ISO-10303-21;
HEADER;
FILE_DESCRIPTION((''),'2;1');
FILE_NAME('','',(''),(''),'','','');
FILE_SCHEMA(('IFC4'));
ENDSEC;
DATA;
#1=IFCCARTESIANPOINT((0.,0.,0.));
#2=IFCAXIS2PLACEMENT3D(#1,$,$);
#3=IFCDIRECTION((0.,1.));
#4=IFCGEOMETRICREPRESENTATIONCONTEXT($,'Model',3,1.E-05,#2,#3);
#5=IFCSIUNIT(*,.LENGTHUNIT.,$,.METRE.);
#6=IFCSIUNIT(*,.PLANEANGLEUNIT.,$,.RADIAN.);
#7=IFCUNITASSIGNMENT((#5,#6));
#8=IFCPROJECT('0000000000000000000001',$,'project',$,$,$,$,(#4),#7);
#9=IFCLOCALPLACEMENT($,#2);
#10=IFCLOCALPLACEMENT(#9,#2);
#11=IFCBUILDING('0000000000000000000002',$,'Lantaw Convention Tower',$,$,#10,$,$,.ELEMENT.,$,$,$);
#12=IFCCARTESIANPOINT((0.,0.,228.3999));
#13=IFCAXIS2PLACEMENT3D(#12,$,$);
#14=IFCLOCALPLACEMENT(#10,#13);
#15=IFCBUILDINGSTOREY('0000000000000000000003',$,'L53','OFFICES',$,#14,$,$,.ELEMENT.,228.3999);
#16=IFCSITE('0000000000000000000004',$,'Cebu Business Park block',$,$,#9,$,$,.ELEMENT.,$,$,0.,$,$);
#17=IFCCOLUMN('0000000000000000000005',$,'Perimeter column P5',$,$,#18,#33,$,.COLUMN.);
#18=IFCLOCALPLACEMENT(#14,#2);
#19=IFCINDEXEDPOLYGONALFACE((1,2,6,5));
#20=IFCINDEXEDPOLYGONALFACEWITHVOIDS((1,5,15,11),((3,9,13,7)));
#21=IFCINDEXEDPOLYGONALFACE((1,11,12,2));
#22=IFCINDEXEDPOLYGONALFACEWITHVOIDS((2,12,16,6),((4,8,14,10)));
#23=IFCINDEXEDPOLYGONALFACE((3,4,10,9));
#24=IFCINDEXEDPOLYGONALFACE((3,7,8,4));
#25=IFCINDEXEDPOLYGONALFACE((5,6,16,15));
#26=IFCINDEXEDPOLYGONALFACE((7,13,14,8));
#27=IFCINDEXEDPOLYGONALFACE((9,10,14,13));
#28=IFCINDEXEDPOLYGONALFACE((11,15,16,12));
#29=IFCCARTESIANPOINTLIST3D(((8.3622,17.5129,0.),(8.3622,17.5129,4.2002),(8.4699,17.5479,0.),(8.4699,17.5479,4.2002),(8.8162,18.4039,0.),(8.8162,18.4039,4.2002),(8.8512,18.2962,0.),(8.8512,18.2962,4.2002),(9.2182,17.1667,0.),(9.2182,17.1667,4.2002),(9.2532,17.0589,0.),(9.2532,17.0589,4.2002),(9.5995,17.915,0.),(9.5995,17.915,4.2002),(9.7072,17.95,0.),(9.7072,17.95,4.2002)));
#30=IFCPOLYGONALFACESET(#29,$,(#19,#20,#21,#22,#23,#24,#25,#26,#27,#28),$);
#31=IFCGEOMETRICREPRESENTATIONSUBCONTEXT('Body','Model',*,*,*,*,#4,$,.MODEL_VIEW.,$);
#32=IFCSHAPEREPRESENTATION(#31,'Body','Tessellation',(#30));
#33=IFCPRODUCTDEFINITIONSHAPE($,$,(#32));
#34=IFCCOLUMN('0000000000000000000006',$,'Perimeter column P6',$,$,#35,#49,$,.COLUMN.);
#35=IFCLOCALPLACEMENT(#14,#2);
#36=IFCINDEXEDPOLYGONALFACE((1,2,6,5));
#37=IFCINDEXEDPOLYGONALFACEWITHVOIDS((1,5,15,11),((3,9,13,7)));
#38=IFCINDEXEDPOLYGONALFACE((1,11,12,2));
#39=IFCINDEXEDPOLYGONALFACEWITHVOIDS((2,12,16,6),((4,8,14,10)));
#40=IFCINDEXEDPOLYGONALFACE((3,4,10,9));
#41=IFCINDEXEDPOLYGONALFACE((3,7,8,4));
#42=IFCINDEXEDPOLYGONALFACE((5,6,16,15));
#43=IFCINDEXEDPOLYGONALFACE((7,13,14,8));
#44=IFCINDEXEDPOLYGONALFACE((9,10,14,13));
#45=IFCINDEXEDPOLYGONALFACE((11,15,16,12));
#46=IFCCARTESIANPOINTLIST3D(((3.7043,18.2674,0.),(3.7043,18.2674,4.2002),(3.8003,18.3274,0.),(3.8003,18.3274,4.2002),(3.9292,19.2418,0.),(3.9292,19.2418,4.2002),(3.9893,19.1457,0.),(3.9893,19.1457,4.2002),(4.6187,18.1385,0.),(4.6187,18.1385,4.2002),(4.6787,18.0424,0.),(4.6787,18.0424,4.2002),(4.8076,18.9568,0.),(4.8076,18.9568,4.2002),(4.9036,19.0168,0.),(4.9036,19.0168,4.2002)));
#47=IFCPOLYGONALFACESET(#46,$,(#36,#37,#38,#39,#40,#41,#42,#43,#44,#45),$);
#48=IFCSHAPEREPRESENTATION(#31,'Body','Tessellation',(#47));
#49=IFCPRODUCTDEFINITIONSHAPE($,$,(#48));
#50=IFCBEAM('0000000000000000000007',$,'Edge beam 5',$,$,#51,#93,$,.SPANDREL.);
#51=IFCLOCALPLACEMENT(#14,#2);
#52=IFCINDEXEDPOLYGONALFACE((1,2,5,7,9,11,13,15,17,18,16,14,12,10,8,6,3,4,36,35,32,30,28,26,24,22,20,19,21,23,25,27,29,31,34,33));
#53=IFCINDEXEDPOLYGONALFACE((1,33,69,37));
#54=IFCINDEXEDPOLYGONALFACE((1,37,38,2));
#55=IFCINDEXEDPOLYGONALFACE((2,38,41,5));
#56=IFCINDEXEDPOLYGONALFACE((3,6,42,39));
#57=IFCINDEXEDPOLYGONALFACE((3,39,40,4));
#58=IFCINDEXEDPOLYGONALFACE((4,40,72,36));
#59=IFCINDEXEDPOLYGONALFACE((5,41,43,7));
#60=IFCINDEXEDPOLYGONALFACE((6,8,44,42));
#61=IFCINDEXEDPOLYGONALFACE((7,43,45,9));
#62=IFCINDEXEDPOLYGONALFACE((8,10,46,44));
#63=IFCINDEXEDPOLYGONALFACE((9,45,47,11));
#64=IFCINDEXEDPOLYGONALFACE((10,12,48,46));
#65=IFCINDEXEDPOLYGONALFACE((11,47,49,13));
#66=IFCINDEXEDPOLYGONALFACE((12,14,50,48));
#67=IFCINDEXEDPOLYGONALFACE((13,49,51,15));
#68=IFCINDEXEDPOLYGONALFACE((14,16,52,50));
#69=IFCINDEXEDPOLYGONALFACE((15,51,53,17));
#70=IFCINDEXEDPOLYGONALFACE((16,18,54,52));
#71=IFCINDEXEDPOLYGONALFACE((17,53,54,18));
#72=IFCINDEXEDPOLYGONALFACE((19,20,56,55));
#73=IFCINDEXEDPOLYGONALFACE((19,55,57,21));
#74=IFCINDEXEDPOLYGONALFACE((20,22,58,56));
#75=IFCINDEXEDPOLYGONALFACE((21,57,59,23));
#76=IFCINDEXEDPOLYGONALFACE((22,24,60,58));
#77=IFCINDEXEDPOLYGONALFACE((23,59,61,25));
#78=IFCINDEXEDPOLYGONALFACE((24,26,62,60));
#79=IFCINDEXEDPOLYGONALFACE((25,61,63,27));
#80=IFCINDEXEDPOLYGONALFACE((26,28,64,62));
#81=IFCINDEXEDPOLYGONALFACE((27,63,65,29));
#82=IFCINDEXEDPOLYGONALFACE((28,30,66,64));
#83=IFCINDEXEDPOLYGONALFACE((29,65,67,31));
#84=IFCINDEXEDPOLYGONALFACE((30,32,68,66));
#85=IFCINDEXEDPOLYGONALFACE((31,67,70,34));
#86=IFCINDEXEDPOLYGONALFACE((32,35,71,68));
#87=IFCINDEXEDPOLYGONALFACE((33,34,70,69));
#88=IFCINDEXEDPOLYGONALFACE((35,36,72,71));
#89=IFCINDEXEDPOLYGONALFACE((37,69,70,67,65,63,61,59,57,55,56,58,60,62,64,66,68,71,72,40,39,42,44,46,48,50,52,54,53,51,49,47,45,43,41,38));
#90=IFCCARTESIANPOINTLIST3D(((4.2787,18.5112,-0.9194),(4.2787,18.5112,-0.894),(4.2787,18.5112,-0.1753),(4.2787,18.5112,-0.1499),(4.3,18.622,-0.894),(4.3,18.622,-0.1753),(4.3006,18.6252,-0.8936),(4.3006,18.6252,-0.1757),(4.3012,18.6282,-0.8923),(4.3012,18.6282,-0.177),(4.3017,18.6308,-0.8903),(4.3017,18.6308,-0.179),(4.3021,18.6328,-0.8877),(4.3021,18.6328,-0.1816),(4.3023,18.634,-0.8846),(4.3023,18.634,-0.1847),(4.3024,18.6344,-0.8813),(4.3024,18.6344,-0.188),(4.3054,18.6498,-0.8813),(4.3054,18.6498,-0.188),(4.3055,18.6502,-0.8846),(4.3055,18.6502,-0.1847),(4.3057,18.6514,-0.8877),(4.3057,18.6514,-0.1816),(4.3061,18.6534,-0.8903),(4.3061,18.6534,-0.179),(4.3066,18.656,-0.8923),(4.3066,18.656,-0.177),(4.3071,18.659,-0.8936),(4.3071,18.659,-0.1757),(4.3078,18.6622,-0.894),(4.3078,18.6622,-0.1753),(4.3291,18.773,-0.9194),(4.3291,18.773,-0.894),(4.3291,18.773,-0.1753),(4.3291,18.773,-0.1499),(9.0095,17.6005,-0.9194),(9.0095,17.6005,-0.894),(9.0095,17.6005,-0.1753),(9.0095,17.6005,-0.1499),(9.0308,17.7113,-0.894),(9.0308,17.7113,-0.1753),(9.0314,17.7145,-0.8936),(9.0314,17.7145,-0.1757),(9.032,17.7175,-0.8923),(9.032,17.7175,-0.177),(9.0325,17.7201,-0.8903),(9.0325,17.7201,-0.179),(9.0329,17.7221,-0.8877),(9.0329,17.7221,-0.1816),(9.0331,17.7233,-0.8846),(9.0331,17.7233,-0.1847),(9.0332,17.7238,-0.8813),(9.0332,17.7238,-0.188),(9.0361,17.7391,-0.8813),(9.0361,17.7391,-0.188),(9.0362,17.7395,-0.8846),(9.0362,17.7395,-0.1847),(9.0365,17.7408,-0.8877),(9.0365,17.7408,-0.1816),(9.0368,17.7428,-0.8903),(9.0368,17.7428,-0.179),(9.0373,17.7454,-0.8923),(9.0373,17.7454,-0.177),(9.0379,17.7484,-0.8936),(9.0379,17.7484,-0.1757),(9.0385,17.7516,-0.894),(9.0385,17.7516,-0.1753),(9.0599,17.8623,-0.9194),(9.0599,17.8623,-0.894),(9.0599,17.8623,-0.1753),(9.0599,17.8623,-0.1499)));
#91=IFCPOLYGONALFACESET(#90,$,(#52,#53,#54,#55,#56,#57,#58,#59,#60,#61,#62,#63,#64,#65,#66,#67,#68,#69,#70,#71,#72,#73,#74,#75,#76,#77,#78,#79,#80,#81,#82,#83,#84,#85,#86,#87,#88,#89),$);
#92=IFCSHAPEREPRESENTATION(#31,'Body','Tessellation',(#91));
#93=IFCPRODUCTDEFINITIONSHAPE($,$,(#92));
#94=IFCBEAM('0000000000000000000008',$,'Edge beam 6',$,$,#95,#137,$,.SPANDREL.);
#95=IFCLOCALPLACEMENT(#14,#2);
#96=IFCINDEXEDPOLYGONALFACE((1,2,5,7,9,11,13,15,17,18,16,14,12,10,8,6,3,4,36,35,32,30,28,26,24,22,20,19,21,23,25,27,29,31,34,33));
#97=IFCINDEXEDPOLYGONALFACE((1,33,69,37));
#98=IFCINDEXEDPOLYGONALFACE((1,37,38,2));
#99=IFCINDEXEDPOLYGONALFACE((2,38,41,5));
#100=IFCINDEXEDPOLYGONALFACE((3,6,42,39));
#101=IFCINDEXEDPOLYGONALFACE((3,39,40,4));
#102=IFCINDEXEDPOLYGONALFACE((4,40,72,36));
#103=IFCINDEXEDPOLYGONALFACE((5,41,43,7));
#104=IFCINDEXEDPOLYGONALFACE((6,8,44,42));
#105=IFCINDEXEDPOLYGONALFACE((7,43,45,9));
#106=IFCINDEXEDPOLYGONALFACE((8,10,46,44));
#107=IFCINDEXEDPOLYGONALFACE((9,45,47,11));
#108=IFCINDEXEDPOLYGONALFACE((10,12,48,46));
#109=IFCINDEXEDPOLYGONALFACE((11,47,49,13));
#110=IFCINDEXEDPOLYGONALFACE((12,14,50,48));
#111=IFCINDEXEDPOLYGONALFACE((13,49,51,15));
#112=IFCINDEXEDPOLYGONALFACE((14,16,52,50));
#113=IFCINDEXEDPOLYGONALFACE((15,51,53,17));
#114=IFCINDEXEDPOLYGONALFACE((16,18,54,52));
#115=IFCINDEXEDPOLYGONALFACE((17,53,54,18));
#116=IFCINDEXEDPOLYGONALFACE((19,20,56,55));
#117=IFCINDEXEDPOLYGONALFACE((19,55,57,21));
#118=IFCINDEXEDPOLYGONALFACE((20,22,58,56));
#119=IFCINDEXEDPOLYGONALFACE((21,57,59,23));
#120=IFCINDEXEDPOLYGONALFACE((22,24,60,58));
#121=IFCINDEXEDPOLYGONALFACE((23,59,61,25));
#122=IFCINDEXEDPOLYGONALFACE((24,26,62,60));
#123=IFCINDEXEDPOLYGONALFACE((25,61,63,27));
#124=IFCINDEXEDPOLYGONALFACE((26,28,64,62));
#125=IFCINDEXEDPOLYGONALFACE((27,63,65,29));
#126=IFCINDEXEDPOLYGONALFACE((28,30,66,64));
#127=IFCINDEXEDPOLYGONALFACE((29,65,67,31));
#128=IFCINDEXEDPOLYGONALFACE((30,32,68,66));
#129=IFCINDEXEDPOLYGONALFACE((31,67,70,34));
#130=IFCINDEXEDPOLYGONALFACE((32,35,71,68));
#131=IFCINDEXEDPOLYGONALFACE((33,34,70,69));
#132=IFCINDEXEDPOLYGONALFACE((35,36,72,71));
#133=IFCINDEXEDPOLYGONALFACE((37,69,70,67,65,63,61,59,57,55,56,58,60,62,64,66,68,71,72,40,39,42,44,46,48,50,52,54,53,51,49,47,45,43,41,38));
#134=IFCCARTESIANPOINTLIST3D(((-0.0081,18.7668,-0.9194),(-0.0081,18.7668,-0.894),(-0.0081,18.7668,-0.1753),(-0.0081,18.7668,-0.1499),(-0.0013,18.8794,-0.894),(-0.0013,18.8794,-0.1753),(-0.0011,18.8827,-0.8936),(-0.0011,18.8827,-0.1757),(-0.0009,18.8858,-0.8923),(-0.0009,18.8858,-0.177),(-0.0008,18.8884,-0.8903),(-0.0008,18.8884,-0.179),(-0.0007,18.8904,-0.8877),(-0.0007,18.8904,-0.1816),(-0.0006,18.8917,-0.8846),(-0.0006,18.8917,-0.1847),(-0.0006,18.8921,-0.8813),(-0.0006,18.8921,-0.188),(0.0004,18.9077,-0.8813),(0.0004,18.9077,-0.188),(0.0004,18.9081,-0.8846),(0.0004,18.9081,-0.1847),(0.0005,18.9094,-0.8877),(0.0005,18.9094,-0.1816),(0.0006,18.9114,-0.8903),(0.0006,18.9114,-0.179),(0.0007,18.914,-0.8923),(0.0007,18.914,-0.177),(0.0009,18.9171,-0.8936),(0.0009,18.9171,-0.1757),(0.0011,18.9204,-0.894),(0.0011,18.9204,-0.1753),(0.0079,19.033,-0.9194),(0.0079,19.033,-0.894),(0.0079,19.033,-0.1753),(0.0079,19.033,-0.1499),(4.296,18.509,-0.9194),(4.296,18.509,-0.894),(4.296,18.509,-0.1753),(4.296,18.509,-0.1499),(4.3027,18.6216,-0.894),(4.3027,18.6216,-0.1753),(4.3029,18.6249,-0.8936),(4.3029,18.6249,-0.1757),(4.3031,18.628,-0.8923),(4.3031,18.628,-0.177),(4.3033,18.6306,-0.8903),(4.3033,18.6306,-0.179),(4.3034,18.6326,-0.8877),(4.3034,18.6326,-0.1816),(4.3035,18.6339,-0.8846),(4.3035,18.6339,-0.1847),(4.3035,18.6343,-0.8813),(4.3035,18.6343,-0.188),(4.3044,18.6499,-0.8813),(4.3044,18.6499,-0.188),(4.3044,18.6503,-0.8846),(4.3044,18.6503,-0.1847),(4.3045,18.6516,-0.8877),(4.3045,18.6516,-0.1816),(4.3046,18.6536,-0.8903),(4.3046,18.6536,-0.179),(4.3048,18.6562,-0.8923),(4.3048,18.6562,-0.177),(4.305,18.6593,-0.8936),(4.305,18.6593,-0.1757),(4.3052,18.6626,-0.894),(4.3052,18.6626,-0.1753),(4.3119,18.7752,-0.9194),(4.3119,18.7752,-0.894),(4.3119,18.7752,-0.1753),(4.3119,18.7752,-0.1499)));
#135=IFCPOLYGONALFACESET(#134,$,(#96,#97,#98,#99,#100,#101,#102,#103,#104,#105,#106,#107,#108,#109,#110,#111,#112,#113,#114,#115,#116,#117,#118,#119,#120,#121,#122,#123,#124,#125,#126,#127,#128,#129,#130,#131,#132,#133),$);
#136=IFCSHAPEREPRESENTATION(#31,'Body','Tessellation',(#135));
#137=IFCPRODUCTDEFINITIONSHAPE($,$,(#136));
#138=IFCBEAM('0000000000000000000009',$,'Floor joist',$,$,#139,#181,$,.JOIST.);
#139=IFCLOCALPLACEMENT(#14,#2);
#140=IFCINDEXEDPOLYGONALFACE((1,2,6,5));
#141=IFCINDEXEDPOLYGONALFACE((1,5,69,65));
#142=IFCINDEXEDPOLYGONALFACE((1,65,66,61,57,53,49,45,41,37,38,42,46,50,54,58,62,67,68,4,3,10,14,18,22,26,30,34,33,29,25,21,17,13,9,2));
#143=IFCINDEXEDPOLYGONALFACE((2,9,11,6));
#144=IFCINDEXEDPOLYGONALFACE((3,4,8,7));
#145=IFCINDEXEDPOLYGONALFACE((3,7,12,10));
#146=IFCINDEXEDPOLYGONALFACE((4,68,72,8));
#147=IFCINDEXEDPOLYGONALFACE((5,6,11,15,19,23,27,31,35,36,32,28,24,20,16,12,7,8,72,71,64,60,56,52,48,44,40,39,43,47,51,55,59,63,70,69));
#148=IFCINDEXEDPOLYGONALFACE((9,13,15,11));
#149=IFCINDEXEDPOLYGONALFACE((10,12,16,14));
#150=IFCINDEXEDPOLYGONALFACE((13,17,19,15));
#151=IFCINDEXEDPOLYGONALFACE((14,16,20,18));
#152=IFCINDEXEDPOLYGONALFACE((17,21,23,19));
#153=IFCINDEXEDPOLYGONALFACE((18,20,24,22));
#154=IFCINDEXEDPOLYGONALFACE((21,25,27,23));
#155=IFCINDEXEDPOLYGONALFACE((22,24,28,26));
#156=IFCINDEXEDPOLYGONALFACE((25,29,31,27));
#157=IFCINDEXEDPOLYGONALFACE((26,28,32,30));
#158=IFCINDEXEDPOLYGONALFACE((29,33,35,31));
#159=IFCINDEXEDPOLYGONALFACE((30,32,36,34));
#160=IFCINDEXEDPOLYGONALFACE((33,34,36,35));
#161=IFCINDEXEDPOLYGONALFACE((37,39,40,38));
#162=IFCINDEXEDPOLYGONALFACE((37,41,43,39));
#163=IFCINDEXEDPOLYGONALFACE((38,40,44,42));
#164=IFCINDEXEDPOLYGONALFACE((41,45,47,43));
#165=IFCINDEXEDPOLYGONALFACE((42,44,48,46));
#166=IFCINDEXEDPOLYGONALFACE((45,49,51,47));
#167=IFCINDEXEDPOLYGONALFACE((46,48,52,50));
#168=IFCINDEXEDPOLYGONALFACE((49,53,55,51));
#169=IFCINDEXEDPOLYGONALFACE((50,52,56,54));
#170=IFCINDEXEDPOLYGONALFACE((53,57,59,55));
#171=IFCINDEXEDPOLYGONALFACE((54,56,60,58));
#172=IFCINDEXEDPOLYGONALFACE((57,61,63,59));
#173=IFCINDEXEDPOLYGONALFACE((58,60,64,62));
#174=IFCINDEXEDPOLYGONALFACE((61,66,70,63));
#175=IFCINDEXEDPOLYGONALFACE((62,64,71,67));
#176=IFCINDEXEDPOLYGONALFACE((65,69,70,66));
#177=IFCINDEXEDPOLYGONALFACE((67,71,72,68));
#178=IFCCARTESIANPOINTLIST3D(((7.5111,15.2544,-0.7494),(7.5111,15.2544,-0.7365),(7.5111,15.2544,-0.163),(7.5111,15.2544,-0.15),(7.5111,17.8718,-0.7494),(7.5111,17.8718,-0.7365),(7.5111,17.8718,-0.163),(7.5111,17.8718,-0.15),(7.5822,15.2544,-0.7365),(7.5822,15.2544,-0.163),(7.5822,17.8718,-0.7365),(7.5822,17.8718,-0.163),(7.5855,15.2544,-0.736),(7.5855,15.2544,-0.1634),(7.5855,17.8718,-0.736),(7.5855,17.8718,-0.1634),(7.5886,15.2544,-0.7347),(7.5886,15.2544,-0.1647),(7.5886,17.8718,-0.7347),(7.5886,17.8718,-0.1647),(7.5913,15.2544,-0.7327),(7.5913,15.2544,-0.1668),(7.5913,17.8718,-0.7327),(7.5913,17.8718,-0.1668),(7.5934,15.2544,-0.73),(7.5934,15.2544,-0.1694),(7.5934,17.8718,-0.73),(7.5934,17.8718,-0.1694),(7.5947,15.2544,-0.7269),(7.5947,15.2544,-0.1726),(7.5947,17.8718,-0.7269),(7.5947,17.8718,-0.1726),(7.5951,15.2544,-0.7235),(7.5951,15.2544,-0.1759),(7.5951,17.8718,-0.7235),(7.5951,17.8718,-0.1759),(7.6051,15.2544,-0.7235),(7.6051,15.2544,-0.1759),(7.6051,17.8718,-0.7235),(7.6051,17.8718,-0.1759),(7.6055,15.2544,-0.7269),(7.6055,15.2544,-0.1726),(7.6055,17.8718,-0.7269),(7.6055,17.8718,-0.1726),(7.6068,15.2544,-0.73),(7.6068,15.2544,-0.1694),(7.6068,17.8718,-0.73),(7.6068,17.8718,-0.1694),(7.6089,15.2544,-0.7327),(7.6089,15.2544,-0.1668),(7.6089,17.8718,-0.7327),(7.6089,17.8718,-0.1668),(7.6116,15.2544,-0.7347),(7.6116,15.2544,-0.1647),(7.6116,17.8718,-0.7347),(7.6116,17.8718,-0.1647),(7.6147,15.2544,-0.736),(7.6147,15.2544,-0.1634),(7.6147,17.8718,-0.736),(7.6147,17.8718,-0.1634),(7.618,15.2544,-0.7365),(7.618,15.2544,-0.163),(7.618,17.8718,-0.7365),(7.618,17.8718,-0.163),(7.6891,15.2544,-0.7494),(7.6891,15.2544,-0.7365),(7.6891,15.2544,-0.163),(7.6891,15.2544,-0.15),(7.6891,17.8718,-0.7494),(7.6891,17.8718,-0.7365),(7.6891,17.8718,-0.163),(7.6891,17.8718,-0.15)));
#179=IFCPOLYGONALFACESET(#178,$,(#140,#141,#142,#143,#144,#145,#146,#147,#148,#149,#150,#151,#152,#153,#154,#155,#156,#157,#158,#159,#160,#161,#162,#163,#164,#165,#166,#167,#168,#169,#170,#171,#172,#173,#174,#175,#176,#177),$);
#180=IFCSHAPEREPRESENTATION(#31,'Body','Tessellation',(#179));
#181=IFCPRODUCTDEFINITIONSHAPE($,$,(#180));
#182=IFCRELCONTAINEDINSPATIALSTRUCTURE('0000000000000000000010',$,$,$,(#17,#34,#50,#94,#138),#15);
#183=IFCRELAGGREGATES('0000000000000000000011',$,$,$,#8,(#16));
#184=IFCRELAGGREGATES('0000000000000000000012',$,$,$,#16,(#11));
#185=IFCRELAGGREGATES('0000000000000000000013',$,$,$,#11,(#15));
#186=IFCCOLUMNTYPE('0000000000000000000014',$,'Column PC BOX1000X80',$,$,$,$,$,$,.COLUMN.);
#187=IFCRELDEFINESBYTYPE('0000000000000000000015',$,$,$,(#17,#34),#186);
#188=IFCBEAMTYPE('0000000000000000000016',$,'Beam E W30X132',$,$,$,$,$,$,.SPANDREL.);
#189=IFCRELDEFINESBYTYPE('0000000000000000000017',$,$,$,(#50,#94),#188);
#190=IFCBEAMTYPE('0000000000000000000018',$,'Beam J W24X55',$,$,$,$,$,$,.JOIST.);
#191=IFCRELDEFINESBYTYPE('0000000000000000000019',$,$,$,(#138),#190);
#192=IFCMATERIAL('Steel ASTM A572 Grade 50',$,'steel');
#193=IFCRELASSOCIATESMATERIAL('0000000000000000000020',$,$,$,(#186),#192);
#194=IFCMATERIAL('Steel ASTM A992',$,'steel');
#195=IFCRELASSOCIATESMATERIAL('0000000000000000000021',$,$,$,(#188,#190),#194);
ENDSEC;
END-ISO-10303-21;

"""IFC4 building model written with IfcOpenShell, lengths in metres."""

from ifc_helpers import new_model, si_unit, direction, frame, origin, origin_2d, place, context, subcontext, project, spatial, rectangle, hollow_rectangle, i_section, extrude, material, material_profile, profile_set, type_object, element, save


model = new_model("IFC4")

# Units and contexts
model_context = context("Model", 3, precision=1e-05, world=origin(), true_north=direction((0.0, 1.0)))
body_context = subcontext(model_context, "Body", "Model", "MODEL_VIEW")
ifc_project = project(units=[si_unit("LENGTHUNIT", "METRE"), si_unit("PLANEANGLEUNIT", "RADIAN")], contexts=[model_context])

# Site, building, storey
site_placement = place(None, origin())
site = spatial("IfcSite", under=ifc_project, at=site_placement, Name="Cebu Business Park block", CompositionType="ELEMENT", RefElevation=0.0)
building_placement = place(site_placement, origin())
building = spatial("IfcBuilding", under=site, at=building_placement, Name="Lantaw Convention Tower", CompositionType="ELEMENT")
storey_placement = place(building_placement, frame((0.0, 0.0, 228.3999)))
storey = spatial("IfcBuildingStorey", under=building, at=storey_placement, Name="L53", Description="OFFICES", CompositionType="ELEMENT", Elevation=228.3999)

# Columns
ifc_material_1 = material(Name="Steel ASTM A572 Grade 50", Category="steel")
ifc_material_profile_1 = material_profile(ifc_material_1, hollow_rectangle(XDim=1.0, YDim=1.0, WallThickness=0.0801, at=origin_2d()), Name="BOX1000X80")
ifc_material_2 = material(Name="Concrete C60/75", Category="concrete")
ifc_material_profile_2 = material_profile(ifc_material_2, rectangle(XDim=0.8401, YDim=0.8401, at=origin_2d()), Name="Concrete fill of BOX1000X80")
ifc_profile_set_1 = profile_set([ifc_material_profile_1, ifc_material_profile_2], Name="Steel ASTM A572 Grade 50")
column_type = type_object("IfcColumnType", Name="Column PC BOX1000X80", PredefinedType="COLUMN", material=ifc_profile_set_1)
for number, where, z_axis, x_axis, name in (
    (1, (9.0347, 17.7314, 0.0), (0.0, 0.0, 1.0), (0.45399, 0.891007, 0.0), "Perimeter column P5"),
    (2, (4.304, 18.6421, 0.0), (0.0, 0.0, 1.0), (0.224951, 0.97437, 0.0), "Perimeter column P6"),
):
    element("IfcColumn", number, at=place(storey_placement, frame(where, z_axis=z_axis, x_axis=x_axis)), inside=storey, type_object=column_type, Name=name, PredefinedType="COLUMN", context=body_context, shape_type="SweptSolid", body=[
        extrude(hollow_rectangle(XDim=1.0, YDim=1.0, WallThickness=0.0801, at=origin_2d()), origin(), (0.0, 0.0, 1.0), 4.2002),
    ])

# Beams
ifc_material_3 = material(Name="Steel ASTM A992", Category="steel")
ifc_material_profile_3 = material_profile(ifc_material_3, i_section(OverallWidth=0.2666, OverallDepth=0.7695, WebThickness=0.0156, FlangeThickness=0.0254, FilletRadius=0.0127, at=origin_2d()), Name="W30X132")
ifc_profile_set_2 = profile_set([ifc_material_profile_3], Name="Steel ASTM A992")
beam_type_1 = type_object("IfcBeamType", Name="Beam E W30X132", PredefinedType="SPANDREL", material=ifc_profile_set_2)
beam_1_placement = place(storey_placement, frame((9.0347, 17.7314, -0.5347), z_axis=(-0.981972, 0.189026, 0.0), x_axis=(-0.189026, -0.981972, 0.0)))
element("IfcBeam", 3, at=beam_1_placement, inside=storey, type_object=beam_type_1, Name="Edge beam 5", PredefinedType="SPANDREL", context=body_context, shape_type="SweptSolid", body=[
    extrude(i_section(OverallWidth=0.2666, OverallDepth=0.7695, WebThickness=0.0156, FlangeThickness=0.0254, FilletRadius=0.0127, at=origin_2d()), origin(), (0.0, 0.0, 1.0), 4.8176),
])
beam_2_placement = place(storey_placement, frame((4.304, 18.6421, -0.5347), z_axis=(-0.998211, 0.059794, 0.0), x_axis=(-0.059794, -0.998211, 0.0)))
element("IfcBeam", 4, at=beam_2_placement, inside=storey, type_object=beam_type_1, Name="Edge beam 6", PredefinedType="SPANDREL", context=body_context, shape_type="SweptSolid", body=[
    extrude(i_section(OverallWidth=0.2666, OverallDepth=0.7695, WebThickness=0.0156, FlangeThickness=0.0254, FilletRadius=0.0127, at=origin_2d()), origin(), (0.0, 0.0, 1.0), 4.3118),
])
ifc_material_profile_4 = material_profile(ifc_material_3, i_section(OverallWidth=0.178, OverallDepth=0.5994, WebThickness=0.01, FlangeThickness=0.0129, FilletRadius=0.0129, at=origin_2d()), Name="W24X55")
ifc_profile_set_3 = profile_set([ifc_material_profile_4], Name="Steel ASTM A992")
beam_type_2 = type_object("IfcBeamType", Name="Beam J W24X55", PredefinedType="JOIST", material=ifc_profile_set_3)
beam_3_placement = place(storey_placement, frame((7.6001, 15.2544, -0.4497), z_axis=(0.0, 1.0, 0.0), x_axis=(-1.0, 0.0, 0.0)))
element("IfcBeam", 5, at=beam_3_placement, inside=storey, type_object=beam_type_2, Name="Floor joist", PredefinedType="JOIST", context=body_context, shape_type="SweptSolid", body=[
    extrude(i_section(OverallWidth=0.178, OverallDepth=0.5994, WebThickness=0.01, FlangeThickness=0.0129, FilletRadius=0.0129, at=origin_2d()), origin(), (0.0, 0.0, 1.0), 2.6174),
])

save(model, "model.ifc")
